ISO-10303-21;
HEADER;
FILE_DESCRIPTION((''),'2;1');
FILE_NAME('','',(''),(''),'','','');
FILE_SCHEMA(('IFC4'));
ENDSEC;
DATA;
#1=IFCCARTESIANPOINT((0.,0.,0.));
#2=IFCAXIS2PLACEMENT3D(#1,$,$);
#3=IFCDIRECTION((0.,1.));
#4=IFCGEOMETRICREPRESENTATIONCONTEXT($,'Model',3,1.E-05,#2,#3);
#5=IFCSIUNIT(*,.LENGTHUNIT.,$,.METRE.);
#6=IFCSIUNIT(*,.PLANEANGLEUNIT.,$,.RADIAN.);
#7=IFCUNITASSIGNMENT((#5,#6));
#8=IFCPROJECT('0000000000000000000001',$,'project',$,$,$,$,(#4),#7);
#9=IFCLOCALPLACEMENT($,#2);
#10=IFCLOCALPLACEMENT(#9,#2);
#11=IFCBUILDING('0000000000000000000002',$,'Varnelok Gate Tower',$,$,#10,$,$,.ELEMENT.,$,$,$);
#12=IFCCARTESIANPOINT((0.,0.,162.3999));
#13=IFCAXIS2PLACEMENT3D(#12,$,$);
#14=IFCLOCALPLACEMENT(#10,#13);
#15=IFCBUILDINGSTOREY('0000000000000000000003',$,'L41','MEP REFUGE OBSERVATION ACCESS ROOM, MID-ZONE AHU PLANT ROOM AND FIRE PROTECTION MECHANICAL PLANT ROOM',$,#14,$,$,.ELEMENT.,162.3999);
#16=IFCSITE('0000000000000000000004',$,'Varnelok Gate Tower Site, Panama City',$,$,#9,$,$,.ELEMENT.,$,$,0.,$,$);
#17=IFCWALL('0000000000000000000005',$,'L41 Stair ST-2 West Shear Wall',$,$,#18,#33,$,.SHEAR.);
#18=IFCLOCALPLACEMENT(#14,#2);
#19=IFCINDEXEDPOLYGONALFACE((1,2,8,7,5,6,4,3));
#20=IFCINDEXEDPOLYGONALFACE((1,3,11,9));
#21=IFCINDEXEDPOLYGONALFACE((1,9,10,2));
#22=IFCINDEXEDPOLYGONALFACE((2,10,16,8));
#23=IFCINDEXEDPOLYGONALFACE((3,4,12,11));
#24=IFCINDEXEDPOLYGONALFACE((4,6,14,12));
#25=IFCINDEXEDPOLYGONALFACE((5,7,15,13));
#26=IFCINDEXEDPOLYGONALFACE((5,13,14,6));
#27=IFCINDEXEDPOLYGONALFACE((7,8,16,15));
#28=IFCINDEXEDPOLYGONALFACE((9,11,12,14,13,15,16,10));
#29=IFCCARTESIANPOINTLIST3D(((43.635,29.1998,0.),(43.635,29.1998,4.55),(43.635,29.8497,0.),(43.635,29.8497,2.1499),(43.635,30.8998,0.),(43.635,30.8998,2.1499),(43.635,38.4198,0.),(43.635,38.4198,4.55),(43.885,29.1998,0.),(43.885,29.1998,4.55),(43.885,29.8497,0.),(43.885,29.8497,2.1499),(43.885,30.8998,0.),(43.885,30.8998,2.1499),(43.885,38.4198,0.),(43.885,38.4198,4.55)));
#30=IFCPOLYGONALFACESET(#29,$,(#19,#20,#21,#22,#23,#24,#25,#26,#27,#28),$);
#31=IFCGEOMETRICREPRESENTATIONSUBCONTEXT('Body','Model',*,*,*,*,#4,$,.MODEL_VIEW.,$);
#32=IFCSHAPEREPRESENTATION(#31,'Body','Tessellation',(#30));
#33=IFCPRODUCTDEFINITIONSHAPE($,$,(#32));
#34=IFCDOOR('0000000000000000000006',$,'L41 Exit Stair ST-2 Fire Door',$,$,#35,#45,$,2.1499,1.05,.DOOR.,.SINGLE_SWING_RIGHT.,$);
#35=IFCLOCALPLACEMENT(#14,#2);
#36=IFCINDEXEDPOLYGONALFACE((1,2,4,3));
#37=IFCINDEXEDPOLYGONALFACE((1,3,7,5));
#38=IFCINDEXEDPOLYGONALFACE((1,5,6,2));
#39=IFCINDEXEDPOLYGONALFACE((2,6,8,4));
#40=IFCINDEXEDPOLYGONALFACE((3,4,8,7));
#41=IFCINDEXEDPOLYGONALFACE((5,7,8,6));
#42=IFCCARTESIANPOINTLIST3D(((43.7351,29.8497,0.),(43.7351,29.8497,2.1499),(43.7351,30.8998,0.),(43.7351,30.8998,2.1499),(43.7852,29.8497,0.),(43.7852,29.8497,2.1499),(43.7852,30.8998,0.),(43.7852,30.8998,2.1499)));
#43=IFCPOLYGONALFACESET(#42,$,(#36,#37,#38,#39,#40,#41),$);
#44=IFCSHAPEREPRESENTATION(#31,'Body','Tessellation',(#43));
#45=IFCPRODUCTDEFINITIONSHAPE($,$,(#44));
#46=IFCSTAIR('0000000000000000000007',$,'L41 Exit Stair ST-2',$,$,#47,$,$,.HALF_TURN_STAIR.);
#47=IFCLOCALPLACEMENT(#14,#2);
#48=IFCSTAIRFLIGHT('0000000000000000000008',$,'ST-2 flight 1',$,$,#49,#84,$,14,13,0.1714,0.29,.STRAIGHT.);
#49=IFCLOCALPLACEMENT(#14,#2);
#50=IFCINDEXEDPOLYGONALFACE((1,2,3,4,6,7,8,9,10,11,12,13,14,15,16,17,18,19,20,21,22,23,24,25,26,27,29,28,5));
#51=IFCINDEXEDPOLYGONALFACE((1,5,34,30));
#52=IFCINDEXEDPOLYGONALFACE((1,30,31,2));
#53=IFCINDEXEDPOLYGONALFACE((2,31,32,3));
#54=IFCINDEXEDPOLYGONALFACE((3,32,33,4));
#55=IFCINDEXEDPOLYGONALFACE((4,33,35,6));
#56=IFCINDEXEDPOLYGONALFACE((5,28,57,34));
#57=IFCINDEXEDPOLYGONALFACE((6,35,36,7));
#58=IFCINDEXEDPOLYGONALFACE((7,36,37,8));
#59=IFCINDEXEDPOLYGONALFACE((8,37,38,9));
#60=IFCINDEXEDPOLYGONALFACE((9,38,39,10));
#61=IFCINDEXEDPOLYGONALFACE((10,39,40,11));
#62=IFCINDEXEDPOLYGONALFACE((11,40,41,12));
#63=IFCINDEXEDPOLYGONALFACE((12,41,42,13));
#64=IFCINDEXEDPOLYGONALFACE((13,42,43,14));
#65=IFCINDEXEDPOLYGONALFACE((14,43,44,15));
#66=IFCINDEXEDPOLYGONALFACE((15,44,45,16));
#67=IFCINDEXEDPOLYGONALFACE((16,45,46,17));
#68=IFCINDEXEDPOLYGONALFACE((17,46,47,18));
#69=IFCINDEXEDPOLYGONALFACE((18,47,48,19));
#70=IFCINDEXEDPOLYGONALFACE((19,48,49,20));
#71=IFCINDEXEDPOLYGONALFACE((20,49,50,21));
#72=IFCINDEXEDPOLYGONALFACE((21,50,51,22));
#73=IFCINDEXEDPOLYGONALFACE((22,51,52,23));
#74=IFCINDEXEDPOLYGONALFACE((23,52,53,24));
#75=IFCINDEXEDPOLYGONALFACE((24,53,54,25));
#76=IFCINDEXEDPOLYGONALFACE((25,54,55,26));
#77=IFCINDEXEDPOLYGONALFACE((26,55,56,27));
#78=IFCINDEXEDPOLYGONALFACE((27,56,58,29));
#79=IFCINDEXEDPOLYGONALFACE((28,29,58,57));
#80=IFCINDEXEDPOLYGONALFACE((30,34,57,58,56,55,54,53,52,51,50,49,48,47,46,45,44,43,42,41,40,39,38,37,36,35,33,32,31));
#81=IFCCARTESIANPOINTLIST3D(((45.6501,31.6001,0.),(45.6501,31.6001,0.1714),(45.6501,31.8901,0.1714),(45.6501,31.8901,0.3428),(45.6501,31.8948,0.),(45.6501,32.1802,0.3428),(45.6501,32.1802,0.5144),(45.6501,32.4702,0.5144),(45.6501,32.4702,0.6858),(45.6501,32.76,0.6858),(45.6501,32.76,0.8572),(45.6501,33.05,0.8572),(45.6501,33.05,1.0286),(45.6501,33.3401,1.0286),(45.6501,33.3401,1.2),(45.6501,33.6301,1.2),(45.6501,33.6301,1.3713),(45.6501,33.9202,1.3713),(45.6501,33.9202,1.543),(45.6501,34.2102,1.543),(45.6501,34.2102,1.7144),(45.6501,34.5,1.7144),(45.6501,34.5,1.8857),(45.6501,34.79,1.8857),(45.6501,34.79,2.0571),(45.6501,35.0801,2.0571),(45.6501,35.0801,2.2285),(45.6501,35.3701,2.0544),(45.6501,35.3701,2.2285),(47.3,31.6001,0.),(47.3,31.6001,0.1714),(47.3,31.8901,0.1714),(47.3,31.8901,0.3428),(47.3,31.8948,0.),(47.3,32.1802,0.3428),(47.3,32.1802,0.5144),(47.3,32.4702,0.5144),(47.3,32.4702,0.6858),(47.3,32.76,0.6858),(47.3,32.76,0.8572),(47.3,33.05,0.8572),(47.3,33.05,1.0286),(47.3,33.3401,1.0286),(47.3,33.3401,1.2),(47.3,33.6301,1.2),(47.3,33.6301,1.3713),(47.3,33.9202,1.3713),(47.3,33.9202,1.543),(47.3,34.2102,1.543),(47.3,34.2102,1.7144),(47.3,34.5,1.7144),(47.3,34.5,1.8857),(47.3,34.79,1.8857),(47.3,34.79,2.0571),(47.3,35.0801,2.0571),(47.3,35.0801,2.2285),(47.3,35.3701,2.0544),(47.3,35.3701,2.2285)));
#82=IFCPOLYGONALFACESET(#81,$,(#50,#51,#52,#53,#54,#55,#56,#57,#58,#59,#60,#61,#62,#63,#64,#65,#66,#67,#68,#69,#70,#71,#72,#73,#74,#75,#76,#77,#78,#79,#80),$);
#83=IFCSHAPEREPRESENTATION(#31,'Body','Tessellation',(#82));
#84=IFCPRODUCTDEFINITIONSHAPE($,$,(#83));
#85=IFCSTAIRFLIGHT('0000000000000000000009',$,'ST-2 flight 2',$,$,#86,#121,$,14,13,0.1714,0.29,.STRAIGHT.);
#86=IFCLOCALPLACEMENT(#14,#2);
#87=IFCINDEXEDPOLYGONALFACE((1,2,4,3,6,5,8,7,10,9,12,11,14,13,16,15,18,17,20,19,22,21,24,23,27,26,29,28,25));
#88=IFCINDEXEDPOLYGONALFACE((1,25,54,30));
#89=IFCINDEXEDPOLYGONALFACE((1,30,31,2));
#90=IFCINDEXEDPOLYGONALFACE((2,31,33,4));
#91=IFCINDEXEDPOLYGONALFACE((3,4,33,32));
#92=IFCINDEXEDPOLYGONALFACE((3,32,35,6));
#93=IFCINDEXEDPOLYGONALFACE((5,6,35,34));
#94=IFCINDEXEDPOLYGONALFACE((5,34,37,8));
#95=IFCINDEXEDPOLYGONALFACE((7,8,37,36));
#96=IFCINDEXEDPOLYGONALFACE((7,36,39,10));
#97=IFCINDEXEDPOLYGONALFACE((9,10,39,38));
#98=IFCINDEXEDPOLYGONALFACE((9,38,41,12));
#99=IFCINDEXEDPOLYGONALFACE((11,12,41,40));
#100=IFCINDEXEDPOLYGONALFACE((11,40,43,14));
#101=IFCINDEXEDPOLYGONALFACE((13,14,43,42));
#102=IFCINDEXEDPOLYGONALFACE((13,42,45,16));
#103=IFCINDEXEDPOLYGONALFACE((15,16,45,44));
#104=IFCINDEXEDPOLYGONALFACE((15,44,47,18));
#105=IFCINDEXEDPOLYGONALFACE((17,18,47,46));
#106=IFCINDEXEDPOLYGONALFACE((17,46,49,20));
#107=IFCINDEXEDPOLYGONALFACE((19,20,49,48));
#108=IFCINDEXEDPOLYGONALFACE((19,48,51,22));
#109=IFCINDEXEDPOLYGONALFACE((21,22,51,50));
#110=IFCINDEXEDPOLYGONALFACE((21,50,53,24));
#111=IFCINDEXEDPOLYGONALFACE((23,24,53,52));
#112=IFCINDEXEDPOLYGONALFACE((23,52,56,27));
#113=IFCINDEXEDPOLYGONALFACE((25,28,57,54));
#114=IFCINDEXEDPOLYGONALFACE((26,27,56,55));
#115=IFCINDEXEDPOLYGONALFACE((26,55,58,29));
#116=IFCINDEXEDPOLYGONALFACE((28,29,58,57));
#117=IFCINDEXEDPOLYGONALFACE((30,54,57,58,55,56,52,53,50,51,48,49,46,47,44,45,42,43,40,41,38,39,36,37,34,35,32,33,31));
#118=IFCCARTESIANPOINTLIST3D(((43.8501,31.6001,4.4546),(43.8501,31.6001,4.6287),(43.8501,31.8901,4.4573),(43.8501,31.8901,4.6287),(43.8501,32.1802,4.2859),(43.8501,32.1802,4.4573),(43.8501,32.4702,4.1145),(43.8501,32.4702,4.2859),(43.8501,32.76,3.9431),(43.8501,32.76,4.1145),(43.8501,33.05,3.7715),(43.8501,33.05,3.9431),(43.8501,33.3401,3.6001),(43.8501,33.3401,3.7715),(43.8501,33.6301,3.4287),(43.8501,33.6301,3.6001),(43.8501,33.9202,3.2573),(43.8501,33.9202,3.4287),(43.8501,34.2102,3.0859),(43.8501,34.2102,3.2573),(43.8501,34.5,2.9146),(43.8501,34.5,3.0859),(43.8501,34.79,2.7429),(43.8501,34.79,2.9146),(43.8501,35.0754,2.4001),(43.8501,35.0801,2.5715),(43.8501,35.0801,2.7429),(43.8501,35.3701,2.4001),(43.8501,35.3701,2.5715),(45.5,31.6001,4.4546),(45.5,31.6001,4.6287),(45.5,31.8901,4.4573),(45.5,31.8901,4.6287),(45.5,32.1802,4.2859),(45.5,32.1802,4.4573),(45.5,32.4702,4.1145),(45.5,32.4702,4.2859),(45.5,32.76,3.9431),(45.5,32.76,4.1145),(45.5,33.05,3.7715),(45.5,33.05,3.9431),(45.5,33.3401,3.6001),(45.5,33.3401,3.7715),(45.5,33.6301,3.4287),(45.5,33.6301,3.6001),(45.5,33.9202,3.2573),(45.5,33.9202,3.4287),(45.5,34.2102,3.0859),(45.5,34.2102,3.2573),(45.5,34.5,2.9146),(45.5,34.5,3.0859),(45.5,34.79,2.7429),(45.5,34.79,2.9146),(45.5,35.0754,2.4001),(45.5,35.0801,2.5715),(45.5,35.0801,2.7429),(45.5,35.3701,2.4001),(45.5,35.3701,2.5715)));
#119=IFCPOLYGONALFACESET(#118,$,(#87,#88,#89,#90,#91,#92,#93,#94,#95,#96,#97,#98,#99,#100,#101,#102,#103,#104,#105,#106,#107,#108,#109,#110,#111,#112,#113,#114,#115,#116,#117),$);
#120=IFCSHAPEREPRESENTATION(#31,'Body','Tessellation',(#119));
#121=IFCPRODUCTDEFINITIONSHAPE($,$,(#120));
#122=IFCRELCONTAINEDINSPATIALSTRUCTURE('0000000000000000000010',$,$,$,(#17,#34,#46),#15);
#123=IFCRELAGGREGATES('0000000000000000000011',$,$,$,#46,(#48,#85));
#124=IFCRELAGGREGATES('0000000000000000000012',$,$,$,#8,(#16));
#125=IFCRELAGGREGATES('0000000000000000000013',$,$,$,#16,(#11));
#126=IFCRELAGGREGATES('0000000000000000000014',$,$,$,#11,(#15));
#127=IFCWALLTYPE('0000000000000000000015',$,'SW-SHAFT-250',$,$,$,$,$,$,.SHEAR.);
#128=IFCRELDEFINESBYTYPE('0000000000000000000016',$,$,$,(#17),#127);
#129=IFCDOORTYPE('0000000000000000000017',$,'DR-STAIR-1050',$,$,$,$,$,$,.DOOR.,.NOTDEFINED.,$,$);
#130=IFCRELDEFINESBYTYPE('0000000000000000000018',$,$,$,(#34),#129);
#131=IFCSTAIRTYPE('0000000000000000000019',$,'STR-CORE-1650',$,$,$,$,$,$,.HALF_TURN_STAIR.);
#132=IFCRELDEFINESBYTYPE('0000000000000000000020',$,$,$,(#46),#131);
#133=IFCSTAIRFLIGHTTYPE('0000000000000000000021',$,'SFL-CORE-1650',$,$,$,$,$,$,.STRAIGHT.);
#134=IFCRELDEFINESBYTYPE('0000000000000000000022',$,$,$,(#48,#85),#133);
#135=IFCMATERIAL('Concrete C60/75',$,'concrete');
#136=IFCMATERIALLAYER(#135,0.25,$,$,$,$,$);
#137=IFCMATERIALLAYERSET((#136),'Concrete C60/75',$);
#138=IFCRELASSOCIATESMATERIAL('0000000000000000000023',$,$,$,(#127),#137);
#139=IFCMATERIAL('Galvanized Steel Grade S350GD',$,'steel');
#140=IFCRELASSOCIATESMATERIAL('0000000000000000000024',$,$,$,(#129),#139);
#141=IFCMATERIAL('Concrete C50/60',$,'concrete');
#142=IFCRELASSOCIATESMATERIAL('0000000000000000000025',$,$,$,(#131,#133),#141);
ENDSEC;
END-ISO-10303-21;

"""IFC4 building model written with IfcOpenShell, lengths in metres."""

from ifc_helpers import new_model, si_unit, direction, frame, frame_2d, origin, place, context, subcontext, project, spatial, polyline, rectangle, outline, extrude, material, layer, layer_set, type_object, element, fill, aggregate, save


model = new_model("IFC4")

# Units and contexts
model_context = context("Model", 3, precision=1e-05, world=origin(), true_north=direction((0.0, 1.0)))
body_context = subcontext(model_context, "Body", "Model", "MODEL_VIEW")
ifc_project = project(units=[si_unit("LENGTHUNIT", "METRE"), si_unit("PLANEANGLEUNIT", "RADIAN")], contexts=[model_context])

# Site, building, storey
site_placement = place(None, origin())
site = spatial("IfcSite", under=ifc_project, at=site_placement, Name="Varnelok Gate Tower Site, Panama City", CompositionType="ELEMENT", RefElevation=0.0)
building_placement = place(site_placement, origin())
building = spatial("IfcBuilding", under=site, at=building_placement, Name="Varnelok Gate Tower", CompositionType="ELEMENT")
storey_placement = place(building_placement, frame((0.0, 0.0, 162.3999)))
storey = spatial("IfcBuildingStorey", under=building, at=storey_placement, Name="L41", Description="MEP REFUGE OBSERVATION ACCESS ROOM, MID-ZONE AHU PLANT ROOM AND FIRE PROTECTION MECHANICAL PLANT ROOM", CompositionType="ELEMENT", Elevation=162.3999)

# Shared definitions
ifc_material_1 = material(Name="Concrete C60/75", Category="concrete")

# Shared definitions
ifc_material_2 = material(Name="Galvanized Steel Grade S350GD", Category="steel")

# Wall, opening, door
ifc_layer_1 = layer(ifc_material_1, 0.25)
ifc_layer_set_1 = layer_set([ifc_layer_1], Name="Concrete C60/75")
wall_type_1 = type_object("IfcWallType", Name="SW-SHAFT-250", PredefinedType="SHEAR", material=ifc_layer_set_1)
wall_1_placement = place(storey_placement, frame((43.76, 29.2, 0.0), z_axis=(0.0, 0.0, 1.0), x_axis=(0.0, 1.0, 0.0)))
wall_1 = element("IfcWall", 1, at=wall_1_placement, inside=storey, type_object=wall_type_1, Name="L41 Stair ST-2 West Shear Wall", PredefinedType="SHEAR", context=body_context, shape_type="SweptSolid", body=[
    extrude(rectangle(XDim=9.22, YDim=0.25, at=frame_2d((4.6099, 0.0))), origin(), (0.0, 0.0, 1.0), 4.55),
])
opening_1_placement = place(wall_1_placement, frame((0.6499, 0.0, 0.0)))
opening_1 = element("IfcOpeningElement", 2, at=opening_1_placement, cuts=wall_1, PredefinedType="OPENING", context=body_context, shape_type="SweptSolid", body=[
    extrude(rectangle(XDim=1.05, YDim=2.1499, at=frame_2d((0.5249, 1.075))), frame((0.0, 0.135, 0.0), z_axis=(0.0, -1.0, 0.0), x_axis=(1.0, 0.0, 0.0)), (0.0, 0.0, 1.0), 0.27),
])
door_type_1 = type_object("IfcDoorType", Name="DR-STAIR-1050", OperationType="NOTDEFINED", PredefinedType="DOOR", material=ifc_material_2)
door_1_placement = place(opening_1_placement, origin())
door_1 = element("IfcDoor", 3, at=door_1_placement, inside=storey, type_object=door_type_1, Name="L41 Exit Stair ST-2 Fire Door", OperationType="SINGLE_SWING_RIGHT", OverallHeight=2.1499, OverallWidth=1.05, PredefinedType="DOOR", context=body_context, shape_type="SweptSolid", body=[
    extrude(rectangle(XDim=1.05, YDim=2.1499, at=frame_2d((0.5249, 1.075))), frame((0.0, 0.0249, 0.0), z_axis=(0.0, -1.0, 0.0), x_axis=(1.0, 0.0, 0.0)), (0.0, 0.0, 1.0), 0.05),
])
fill(opening_1, door_1)

# Stair, stair flights
ifc_material_3 = material(Name="Concrete C50/60", Category="concrete")
stair_type = type_object("IfcStairType", Name="STR-CORE-1650", PredefinedType="HALF_TURN_STAIR", material=ifc_material_3)
stair_placement = place(storey_placement, origin())
stair = element("IfcStair", 4, at=stair_placement, inside=storey, type_object=stair_type, Name="L41 Exit Stair ST-2", PredefinedType="HALF_TURN_STAIR")
stair_flight_type = type_object("IfcStairFlightType", Name="SFL-CORE-1650", PredefinedType="STRAIGHT", material=ifc_material_3)
stair_flight_1_placement = place(storey_placement, frame((46.4751, 31.6001, 0.0), z_axis=(0.0, 0.0, 1.0), x_axis=(0.0, 1.0, 0.0)))
stair_flight_1 = element("IfcStairFlight", 5, at=stair_flight_1_placement, type_object=stair_flight_type, Name="ST-2 flight 1", NumberOfRisers=14, NumberOfTreads=13, PredefinedType="STRAIGHT", RiserHeight=0.1714, TreadLength=0.29, context=body_context, shape_type="SweptSolid", body=[
    extrude(outline(polyline([(0.0, 0.0), (0.0, 0.1714), (0.29, 0.1714), (0.29, 0.3428), (0.5801, 0.3428), (0.5801, 0.5144), (0.8701, 0.5144), (0.8701, 0.6858), (1.1599, 0.6858), (1.1599, 0.8572), (1.45, 0.8572), (1.45, 1.0286), (1.74, 1.0286), (1.74, 1.2), (2.03, 1.2), (2.03, 1.3713), (2.3201, 1.3713), (2.3201, 1.543), (2.6101, 1.543), (2.6101, 1.7144), (2.8999, 1.7144), (2.8999, 1.8857), (3.1899, 1.8857), (3.1899, 2.0571), (3.48, 2.0571), (3.48, 2.2285), (3.77, 2.2285), (3.77, 2.3999), (3.77, 2.0544), (0.2947, 0.0), (0.0, 0.0)])), frame((0.0, 0.825, 0.0), z_axis=(0.0, -1.0, 0.0), x_axis=(1.0, 0.0, 0.0)), (0.0, 0.0, 1.0), 1.6499),
])
stair_flight_2_placement = place(storey_placement, frame((44.675, 35.3701, 2.4001), z_axis=(0.0, 0.0, 1.0), x_axis=(0.0, -1.0, 0.0)))
stair_flight_2 = element("IfcStairFlight", 6, at=stair_flight_2_placement, type_object=stair_flight_type, Name="ST-2 flight 2", NumberOfRisers=14, NumberOfTreads=13, PredefinedType="STRAIGHT", RiserHeight=0.1714, TreadLength=0.29, context=body_context, shape_type="SweptSolid", body=[
    extrude(outline(polyline([(0.0, 0.0), (0.0, 0.1714), (0.29, 0.1714), (0.29, 0.3428), (0.5801, 0.3428), (0.5801, 0.5144), (0.8701, 0.5144), (0.8701, 0.6858), (1.1599, 0.6858), (1.1599, 0.8572), (1.45, 0.8572), (1.45, 1.0286), (1.74, 1.0286), (1.74, 1.2), (2.03, 1.2), (2.03, 1.3713), (2.3201, 1.3713), (2.3201, 1.543), (2.6101, 1.543), (2.6101, 1.7144), (2.8999, 1.7144), (2.8999, 1.8857), (3.1899, 1.8857), (3.1899, 2.0571), (3.48, 2.0571), (3.48, 2.2285), (3.77, 2.2285), (3.77, 2.3999), (3.77, 2.0544), (0.2947, 0.0), (0.0, 0.0)])), frame((0.0, 0.825, 0.0), z_axis=(0.0, -1.0, 0.0), x_axis=(1.0, 0.0, 0.0)), (0.0, 0.0, 1.0), 1.6499),
])
aggregate(stair, [stair_flight_1, stair_flight_2])

save(model, "model.ifc")
